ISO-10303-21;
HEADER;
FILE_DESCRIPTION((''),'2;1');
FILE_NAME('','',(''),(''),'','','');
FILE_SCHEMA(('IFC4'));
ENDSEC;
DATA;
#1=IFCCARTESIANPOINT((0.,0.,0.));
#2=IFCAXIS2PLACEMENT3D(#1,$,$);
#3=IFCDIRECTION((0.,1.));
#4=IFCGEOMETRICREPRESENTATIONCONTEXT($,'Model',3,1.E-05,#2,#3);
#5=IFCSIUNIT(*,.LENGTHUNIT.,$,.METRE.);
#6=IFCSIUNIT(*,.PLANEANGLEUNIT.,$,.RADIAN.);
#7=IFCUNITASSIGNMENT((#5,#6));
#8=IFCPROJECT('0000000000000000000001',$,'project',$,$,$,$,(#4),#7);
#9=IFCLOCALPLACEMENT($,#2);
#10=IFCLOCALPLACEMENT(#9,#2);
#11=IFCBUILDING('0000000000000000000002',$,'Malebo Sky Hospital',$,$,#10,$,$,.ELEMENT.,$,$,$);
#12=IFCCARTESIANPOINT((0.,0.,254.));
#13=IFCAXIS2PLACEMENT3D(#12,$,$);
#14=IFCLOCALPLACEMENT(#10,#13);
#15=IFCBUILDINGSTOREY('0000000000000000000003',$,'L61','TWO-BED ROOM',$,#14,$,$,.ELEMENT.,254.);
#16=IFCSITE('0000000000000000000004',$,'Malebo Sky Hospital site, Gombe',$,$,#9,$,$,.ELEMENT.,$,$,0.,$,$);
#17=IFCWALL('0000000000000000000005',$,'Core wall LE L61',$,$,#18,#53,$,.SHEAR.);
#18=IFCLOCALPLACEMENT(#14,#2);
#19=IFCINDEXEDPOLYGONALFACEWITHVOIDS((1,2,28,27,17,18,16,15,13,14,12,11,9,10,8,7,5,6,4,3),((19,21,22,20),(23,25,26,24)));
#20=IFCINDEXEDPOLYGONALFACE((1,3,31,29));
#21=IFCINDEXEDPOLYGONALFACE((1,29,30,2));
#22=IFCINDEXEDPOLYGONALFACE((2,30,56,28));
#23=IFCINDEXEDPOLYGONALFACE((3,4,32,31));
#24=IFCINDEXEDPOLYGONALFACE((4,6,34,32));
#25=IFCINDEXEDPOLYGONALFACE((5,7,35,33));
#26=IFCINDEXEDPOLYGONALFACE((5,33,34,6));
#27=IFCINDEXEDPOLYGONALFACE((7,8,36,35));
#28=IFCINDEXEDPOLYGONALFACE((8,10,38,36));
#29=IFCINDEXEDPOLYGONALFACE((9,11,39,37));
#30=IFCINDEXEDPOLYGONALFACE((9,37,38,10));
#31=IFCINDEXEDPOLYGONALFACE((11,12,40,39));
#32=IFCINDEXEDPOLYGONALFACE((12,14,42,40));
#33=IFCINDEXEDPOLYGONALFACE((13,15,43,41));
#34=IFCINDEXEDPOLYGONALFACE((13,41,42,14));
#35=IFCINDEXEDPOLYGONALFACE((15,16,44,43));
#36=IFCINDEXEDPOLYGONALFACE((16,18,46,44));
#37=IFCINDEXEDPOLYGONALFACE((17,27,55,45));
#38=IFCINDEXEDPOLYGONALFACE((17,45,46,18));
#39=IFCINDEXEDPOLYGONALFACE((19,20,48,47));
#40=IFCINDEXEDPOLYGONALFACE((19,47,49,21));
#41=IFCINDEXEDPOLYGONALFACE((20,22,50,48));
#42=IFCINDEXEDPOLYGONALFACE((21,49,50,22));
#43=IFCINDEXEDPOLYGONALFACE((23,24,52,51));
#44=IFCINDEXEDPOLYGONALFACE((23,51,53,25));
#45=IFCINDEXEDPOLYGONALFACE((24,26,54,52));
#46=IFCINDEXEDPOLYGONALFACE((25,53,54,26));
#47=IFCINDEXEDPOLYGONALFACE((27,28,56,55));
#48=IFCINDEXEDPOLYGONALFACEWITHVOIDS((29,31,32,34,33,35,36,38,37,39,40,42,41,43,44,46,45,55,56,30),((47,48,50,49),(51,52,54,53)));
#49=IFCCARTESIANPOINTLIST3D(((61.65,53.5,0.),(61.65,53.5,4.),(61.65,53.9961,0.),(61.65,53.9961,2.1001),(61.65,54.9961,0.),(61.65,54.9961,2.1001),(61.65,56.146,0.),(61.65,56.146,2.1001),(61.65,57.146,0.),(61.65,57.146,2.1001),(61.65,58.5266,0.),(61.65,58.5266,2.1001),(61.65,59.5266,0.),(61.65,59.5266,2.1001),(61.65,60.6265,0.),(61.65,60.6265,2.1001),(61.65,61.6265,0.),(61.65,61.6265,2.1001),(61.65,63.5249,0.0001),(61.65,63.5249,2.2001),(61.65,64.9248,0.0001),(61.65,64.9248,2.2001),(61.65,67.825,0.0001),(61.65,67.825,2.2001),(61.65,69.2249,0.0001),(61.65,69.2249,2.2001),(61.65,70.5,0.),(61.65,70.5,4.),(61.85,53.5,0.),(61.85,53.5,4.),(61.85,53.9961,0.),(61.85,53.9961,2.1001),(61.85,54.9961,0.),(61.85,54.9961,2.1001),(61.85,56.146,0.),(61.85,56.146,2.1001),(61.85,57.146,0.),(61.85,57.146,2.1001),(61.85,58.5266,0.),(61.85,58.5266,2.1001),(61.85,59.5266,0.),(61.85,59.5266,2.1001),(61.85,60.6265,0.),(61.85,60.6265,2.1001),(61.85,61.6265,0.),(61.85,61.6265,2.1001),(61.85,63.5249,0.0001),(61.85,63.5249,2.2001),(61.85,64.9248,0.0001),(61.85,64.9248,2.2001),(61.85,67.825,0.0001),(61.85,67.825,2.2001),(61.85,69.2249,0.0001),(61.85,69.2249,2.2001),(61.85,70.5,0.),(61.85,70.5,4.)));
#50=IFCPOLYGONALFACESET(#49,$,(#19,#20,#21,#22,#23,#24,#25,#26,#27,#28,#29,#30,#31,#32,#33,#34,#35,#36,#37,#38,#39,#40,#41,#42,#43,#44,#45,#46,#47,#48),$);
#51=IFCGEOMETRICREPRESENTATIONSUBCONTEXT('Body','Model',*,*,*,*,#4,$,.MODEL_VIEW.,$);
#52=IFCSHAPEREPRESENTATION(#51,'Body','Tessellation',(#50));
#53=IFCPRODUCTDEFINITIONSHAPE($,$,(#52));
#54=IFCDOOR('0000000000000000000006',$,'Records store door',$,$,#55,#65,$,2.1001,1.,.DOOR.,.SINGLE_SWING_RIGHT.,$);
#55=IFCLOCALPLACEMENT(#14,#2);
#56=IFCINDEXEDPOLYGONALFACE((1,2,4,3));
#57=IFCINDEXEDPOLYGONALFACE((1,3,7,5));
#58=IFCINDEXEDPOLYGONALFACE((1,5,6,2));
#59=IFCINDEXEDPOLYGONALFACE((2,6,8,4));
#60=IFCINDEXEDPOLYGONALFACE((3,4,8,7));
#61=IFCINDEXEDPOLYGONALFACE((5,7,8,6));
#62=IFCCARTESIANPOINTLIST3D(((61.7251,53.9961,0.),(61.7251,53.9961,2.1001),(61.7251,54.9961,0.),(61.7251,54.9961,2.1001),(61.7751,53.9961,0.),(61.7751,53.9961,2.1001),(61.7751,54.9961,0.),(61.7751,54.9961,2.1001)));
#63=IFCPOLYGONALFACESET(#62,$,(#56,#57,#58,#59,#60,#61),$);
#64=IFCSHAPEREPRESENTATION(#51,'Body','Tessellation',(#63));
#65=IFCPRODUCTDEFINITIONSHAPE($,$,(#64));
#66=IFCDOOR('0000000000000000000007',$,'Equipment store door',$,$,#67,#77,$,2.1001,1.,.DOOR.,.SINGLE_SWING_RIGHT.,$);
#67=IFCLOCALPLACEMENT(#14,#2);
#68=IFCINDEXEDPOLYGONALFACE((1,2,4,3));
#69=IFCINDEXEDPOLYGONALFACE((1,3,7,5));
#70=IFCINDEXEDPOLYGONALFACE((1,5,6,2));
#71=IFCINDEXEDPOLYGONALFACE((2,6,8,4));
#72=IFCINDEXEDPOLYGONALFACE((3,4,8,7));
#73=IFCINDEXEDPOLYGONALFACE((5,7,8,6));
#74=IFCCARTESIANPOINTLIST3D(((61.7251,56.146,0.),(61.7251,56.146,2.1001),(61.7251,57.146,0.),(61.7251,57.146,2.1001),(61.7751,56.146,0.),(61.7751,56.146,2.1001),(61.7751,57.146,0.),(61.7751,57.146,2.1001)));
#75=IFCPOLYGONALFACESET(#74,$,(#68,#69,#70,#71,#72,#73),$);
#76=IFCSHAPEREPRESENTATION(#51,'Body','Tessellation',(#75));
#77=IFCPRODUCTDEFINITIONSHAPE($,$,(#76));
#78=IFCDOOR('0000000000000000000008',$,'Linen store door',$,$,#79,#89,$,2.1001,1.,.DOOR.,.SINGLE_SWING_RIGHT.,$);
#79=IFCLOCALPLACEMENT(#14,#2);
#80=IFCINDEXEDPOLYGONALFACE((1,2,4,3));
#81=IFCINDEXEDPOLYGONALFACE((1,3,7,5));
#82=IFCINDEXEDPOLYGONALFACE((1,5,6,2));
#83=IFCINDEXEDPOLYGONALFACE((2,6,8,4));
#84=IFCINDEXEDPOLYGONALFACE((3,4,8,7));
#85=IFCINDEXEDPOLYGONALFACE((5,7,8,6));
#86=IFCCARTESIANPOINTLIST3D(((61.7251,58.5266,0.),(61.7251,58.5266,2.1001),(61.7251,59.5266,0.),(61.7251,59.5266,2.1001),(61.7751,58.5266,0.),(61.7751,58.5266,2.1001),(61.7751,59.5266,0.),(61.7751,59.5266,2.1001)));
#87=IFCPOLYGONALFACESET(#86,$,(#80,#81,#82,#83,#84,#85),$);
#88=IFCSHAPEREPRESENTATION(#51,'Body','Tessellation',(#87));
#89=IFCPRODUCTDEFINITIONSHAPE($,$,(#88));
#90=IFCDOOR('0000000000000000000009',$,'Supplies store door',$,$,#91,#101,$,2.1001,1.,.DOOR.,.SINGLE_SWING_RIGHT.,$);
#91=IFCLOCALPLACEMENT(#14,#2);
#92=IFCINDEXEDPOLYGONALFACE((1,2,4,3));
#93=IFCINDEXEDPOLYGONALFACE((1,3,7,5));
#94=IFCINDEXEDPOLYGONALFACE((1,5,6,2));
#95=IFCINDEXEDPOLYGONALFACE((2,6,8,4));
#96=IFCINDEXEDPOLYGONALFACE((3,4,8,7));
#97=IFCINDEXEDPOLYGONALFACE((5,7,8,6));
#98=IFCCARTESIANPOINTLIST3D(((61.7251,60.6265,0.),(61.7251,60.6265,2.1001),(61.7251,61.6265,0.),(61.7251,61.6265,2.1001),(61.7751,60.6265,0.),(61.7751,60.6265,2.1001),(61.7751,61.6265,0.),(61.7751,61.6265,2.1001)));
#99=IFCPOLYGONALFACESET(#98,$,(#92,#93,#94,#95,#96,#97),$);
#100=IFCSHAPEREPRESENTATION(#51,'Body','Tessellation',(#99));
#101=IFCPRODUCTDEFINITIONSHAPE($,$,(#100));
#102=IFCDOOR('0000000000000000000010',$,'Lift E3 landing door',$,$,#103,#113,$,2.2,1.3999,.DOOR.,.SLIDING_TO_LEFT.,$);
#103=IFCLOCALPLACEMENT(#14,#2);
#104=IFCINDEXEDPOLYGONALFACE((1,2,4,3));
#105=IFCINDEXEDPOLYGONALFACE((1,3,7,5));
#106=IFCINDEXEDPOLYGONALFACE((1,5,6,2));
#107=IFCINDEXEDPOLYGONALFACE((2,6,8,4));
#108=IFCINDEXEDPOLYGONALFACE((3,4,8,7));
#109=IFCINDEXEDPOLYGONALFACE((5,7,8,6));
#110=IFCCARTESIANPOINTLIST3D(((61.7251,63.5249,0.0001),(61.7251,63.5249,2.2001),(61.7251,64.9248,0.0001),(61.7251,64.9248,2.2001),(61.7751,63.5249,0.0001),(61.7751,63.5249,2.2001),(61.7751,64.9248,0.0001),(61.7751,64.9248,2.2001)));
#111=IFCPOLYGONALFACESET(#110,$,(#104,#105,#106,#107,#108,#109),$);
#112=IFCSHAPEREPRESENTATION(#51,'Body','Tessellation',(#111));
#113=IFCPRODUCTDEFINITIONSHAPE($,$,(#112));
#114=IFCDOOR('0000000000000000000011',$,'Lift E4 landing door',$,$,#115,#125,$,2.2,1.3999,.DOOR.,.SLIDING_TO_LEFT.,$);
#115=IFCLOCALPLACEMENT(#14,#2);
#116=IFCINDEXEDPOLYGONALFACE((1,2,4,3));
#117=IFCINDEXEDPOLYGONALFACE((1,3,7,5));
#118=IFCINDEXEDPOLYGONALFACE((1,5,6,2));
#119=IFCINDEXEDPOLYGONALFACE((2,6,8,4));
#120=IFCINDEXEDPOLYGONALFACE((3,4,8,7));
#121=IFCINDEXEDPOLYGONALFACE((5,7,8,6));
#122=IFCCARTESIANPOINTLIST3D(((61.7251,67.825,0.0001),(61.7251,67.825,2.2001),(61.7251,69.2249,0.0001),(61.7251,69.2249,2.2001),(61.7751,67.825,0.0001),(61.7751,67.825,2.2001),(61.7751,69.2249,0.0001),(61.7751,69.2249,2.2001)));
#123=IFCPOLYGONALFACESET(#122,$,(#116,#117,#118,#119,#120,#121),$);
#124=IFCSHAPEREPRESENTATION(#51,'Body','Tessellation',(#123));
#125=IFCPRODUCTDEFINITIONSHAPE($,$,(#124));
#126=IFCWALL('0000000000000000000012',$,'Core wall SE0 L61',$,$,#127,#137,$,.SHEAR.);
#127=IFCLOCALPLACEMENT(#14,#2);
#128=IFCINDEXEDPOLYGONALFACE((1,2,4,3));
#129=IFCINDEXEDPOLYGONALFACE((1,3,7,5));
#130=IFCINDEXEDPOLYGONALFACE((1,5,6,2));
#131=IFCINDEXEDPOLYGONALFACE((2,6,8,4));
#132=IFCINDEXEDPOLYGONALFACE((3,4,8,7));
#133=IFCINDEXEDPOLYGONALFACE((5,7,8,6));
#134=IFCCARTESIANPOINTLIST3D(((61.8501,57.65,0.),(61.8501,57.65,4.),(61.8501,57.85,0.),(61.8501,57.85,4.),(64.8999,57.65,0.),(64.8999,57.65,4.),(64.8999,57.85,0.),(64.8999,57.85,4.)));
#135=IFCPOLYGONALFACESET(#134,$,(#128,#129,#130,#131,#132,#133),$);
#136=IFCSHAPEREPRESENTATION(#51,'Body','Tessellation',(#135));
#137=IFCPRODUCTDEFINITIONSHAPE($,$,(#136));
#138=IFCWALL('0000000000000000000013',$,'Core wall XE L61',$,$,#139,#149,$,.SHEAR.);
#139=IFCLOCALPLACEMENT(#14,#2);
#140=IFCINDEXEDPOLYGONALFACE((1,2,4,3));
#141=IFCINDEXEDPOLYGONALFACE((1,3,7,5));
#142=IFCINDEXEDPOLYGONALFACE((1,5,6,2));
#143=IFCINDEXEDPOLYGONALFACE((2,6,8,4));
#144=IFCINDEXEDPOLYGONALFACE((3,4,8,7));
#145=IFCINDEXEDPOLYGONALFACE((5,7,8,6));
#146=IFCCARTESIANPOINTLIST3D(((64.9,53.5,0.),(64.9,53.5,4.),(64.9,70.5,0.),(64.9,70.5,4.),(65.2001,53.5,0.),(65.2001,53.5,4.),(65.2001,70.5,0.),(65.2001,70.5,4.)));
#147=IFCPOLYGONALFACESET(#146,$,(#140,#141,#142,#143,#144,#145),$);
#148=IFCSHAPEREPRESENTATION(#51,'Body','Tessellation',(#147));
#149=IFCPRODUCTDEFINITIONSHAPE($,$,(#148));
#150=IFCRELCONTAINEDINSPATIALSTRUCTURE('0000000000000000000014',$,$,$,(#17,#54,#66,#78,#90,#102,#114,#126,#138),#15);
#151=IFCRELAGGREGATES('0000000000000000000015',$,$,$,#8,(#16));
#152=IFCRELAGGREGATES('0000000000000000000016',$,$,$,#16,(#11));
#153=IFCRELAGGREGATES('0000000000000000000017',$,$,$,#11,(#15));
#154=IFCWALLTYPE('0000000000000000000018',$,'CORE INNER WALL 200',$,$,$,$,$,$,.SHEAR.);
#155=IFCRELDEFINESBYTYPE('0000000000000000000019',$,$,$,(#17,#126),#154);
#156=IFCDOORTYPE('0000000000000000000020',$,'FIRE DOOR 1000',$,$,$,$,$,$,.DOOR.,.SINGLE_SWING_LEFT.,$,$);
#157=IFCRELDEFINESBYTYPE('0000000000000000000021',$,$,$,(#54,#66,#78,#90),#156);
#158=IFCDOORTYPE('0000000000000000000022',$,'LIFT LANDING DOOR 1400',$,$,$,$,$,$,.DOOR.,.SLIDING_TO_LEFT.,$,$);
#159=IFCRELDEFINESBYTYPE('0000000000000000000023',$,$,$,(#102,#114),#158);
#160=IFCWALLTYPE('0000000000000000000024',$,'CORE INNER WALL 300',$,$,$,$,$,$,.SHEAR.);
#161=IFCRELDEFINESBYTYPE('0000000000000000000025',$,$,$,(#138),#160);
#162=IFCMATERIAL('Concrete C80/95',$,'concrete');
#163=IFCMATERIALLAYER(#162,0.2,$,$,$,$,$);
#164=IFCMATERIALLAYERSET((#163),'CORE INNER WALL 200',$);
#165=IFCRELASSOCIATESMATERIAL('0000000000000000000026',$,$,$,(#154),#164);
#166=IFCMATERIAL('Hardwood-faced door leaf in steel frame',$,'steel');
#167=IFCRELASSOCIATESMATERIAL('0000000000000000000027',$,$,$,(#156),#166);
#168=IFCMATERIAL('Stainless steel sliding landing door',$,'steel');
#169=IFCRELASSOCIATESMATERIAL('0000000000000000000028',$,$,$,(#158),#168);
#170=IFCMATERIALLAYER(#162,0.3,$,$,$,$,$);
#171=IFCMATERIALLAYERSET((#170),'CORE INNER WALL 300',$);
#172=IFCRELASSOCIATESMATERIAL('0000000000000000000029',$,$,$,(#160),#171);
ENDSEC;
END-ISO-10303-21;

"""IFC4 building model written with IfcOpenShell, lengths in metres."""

from ifc_helpers import new_model, si_unit, direction, frame, frame_2d, origin, place, context, subcontext, project, spatial, rectangle, extrude, material, layer, layer_set, type_object, element, fill, save


model = new_model("IFC4")

# Units and contexts
model_context = context("Model", 3, precision=1e-05, world=origin(), true_north=direction((0.0, 1.0)))
body_context = subcontext(model_context, "Body", "Model", "MODEL_VIEW")
ifc_project = project(units=[si_unit("LENGTHUNIT", "METRE"), si_unit("PLANEANGLEUNIT", "RADIAN")], contexts=[model_context])

# Site, building, storey
site_placement = place(None, origin())
site = spatial("IfcSite", under=ifc_project, at=site_placement, Name="Malebo Sky Hospital site, Gombe", CompositionType="ELEMENT", RefElevation=0.0)
building_placement = place(site_placement, origin())
building = spatial("IfcBuilding", under=site, at=building_placement, Name="Malebo Sky Hospital", CompositionType="ELEMENT")
storey_placement = place(building_placement, frame((0.0, 0.0, 254.0)))
storey = spatial("IfcBuildingStorey", under=building, at=storey_placement, Name="L61", Description="TWO-BED ROOM", CompositionType="ELEMENT", Elevation=254.0)

# Wall, openings, doors
ifc_material_1 = material(Name="Concrete C80/95", Category="concrete")
ifc_layer_1 = layer(ifc_material_1, 0.2)
ifc_layer_set_1 = layer_set([ifc_layer_1], Name="CORE INNER WALL 200")
wall_type_1 = type_object("IfcWallType", Name="CORE INNER WALL 200", PredefinedType="SHEAR", material=ifc_layer_set_1)
ifc_material_2 = material(Name="Hardwood-faced door leaf in steel frame", Category="steel")
door_type_1 = type_object("IfcDoorType", Name="FIRE DOOR 1000", OperationType="SINGLE_SWING_LEFT", PredefinedType="DOOR", material=ifc_material_2)
ifc_material_3 = material(Name="Stainless steel sliding landing door", Category="steel")
door_type_2 = type_object("IfcDoorType", Name="LIFT LANDING DOOR 1400", OperationType="SLIDING_TO_LEFT", PredefinedType="DOOR", material=ifc_material_3)
wall_1_placement = place(storey_placement, frame((61.75, 53.5, 0.0), z_axis=(0.0, 0.0, 1.0), x_axis=(0.0, 1.0, 0.0)))
wall_1 = element("IfcWall", 1, at=wall_1_placement, inside=storey, type_object=wall_type_1, Name="Core wall LE L61", PredefinedType="SHEAR", context=body_context, shape_type="SweptSolid", body=[
    extrude(rectangle(XDim=17.0, YDim=0.2, at=frame_2d((8.5, 0.0))), origin(), (0.0, 0.0, 1.0), 4.0),
])
opening_1_placement = place(wall_1_placement, frame((0.4961, 0.0, 0.0)))
opening_1 = element("IfcOpeningElement", 2, at=opening_1_placement, cuts=wall_1, PredefinedType="OPENING", context=body_context, shape_type="SweptSolid", body=[
    extrude(rectangle(XDim=1.0, YDim=2.1001, at=frame_2d((0.5, 1.05))), frame((0.0, 0.1099, 0.0), z_axis=(0.0, -1.0, 0.0), x_axis=(1.0, 0.0, 0.0)), (0.0, 0.0, 1.0), 0.22),
])
opening_2_placement = place(wall_1_placement, frame((2.646, 0.0, 0.0)))
opening_2 = element("IfcOpeningElement", 3, at=opening_2_placement, cuts=wall_1, PredefinedType="OPENING", context=body_context, shape_type="SweptSolid", body=[
    extrude(rectangle(XDim=1.0, YDim=2.1001, at=frame_2d((0.5, 1.05))), frame((0.0, 0.1099, 0.0), z_axis=(0.0, -1.0, 0.0), x_axis=(1.0, 0.0, 0.0)), (0.0, 0.0, 1.0), 0.22),
])
opening_3_placement = place(wall_1_placement, frame((5.0266, 0.0, 0.0)))
opening_3 = element("IfcOpeningElement", 4, at=opening_3_placement, cuts=wall_1, PredefinedType="OPENING", context=body_context, shape_type="SweptSolid", body=[
    extrude(rectangle(XDim=1.0, YDim=2.1001, at=frame_2d((0.5, 1.05))), frame((0.0, 0.1099, 0.0), z_axis=(0.0, -1.0, 0.0), x_axis=(1.0, 0.0, 0.0)), (0.0, 0.0, 1.0), 0.22),
])
opening_4_placement = place(wall_1_placement, frame((7.1265, 0.0, 0.0)))
opening_4 = element("IfcOpeningElement", 5, at=opening_4_placement, cuts=wall_1, PredefinedType="OPENING", context=body_context, shape_type="SweptSolid", body=[
    extrude(rectangle(XDim=1.0, YDim=2.1001, at=frame_2d((0.5, 1.05))), frame((0.0, 0.1099, 0.0), z_axis=(0.0, -1.0, 0.0), x_axis=(1.0, 0.0, 0.0)), (0.0, 0.0, 1.0), 0.22),
])
opening_5_placement = place(wall_1_placement, frame((10.0249, 0.0, 0.0)))
opening_5 = element("IfcOpeningElement", 6, at=opening_5_placement, cuts=wall_1, PredefinedType="OPENING", context=body_context, shape_type="SweptSolid", body=[
    extrude(rectangle(XDim=1.3999, YDim=2.2, at=frame_2d((0.7, 1.1001))), frame((0.0, 0.1099, 0.0), z_axis=(0.0, -1.0, 0.0), x_axis=(1.0, 0.0, 0.0)), (0.0, 0.0, 1.0), 0.22),
])
opening_6_placement = place(wall_1_placement, frame((14.325, 0.0, 0.0)))
opening_6 = element("IfcOpeningElement", 7, at=opening_6_placement, cuts=wall_1, PredefinedType="OPENING", context=body_context, shape_type="SweptSolid", body=[
    extrude(rectangle(XDim=1.3999, YDim=2.2, at=frame_2d((0.7, 1.1001))), frame((0.0, 0.1099, 0.0), z_axis=(0.0, -1.0, 0.0), x_axis=(1.0, 0.0, 0.0)), (0.0, 0.0, 1.0), 0.22),
])
door_1_placement = place(opening_1_placement, origin())
door_1 = element("IfcDoor", 8, at=door_1_placement, inside=storey, type_object=door_type_1, Name="Records store door", OperationType="SINGLE_SWING_RIGHT", OverallHeight=2.1001, OverallWidth=1.0, PredefinedType="DOOR", context=body_context, shape_type="SweptSolid", body=[
    extrude(rectangle(XDim=1.0, YDim=2.1001, at=frame_2d((0.5, 1.05))), frame((0.0, 0.0249, 0.0), z_axis=(0.0, -1.0, 0.0), x_axis=(1.0, 0.0, 0.0)), (0.0, 0.0, 1.0), 0.05),
])
fill(opening_1, door_1)
door_2_placement = place(opening_2_placement, origin())
door_2 = element("IfcDoor", 9, at=door_2_placement, inside=storey, type_object=door_type_1, Name="Equipment store door", OperationType="SINGLE_SWING_RIGHT", OverallHeight=2.1001, OverallWidth=1.0, PredefinedType="DOOR", context=body_context, shape_type="SweptSolid", body=[
    extrude(rectangle(XDim=1.0, YDim=2.1001, at=frame_2d((0.5, 1.05))), frame((0.0, 0.0249, 0.0), z_axis=(0.0, -1.0, 0.0), x_axis=(1.0, 0.0, 0.0)), (0.0, 0.0, 1.0), 0.05),
])
fill(opening_2, door_2)
door_3_placement = place(opening_3_placement, origin())
door_3 = element("IfcDoor", 10, at=door_3_placement, inside=storey, type_object=door_type_1, Name="Linen store door", OperationType="SINGLE_SWING_RIGHT", OverallHeight=2.1001, OverallWidth=1.0, PredefinedType="DOOR", context=body_context, shape_type="SweptSolid", body=[
    extrude(rectangle(XDim=1.0, YDim=2.1001, at=frame_2d((0.5, 1.05))), frame((0.0, 0.0249, 0.0), z_axis=(0.0, -1.0, 0.0), x_axis=(1.0, 0.0, 0.0)), (0.0, 0.0, 1.0), 0.05),
])
fill(opening_3, door_3)
door_4_placement = place(opening_4_placement, origin())
door_4 = element("IfcDoor", 11, at=door_4_placement, inside=storey, type_object=door_type_1, Name="Supplies store door", OperationType="SINGLE_SWING_RIGHT", OverallHeight=2.1001, OverallWidth=1.0, PredefinedType="DOOR", context=body_context, shape_type="SweptSolid", body=[
    extrude(rectangle(XDim=1.0, YDim=2.1001, at=frame_2d((0.5, 1.05))), frame((0.0, 0.0249, 0.0), z_axis=(0.0, -1.0, 0.0), x_axis=(1.0, 0.0, 0.0)), (0.0, 0.0, 1.0), 0.05),
])
fill(opening_4, door_4)
door_5_placement = place(opening_5_placement, origin())
door_5 = element("IfcDoor", 12, at=door_5_placement, inside=storey, type_object=door_type_2, Name="Lift E3 landing door", OperationType="SLIDING_TO_LEFT", OverallHeight=2.2, OverallWidth=1.3999, PredefinedType="DOOR", context=body_context, shape_type="SweptSolid", body=[
    extrude(rectangle(XDim=1.3999, YDim=2.2, at=frame_2d((0.7, 1.1001))), frame((0.0, 0.0249, 0.0), z_axis=(0.0, -1.0, 0.0), x_axis=(1.0, 0.0, 0.0)), (0.0, 0.0, 1.0), 0.05),
])
fill(opening_5, door_5)
door_6_placement = place(opening_6_placement, origin())
door_6 = element("IfcDoor", 13, at=door_6_placement, inside=storey, type_object=door_type_2, Name="Lift E4 landing door", OperationType="SLIDING_TO_LEFT", OverallHeight=2.2, OverallWidth=1.3999, PredefinedType="DOOR", context=body_context, shape_type="SweptSolid", body=[
    extrude(rectangle(XDim=1.3999, YDim=2.2, at=frame_2d((0.7, 1.1001))), frame((0.0, 0.0249, 0.0), z_axis=(0.0, -1.0, 0.0), x_axis=(1.0, 0.0, 0.0)), (0.0, 0.0, 1.0), 0.05),
])
fill(opening_6, door_6)

# Walls
wall_2_placement = place(storey_placement, frame((61.8501, 57.75, 0.0), z_axis=(0.0, 0.0, 1.0), x_axis=(1.0, 0.0, 0.0)))
element("IfcWall", 14, at=wall_2_placement, inside=storey, type_object=wall_type_1, Name="Core wall SE0 L61", PredefinedType="SHEAR", context=body_context, shape_type="SweptSolid", body=[
    extrude(rectangle(XDim=3.0498, YDim=0.2, at=frame_2d((1.5249, 0.0))), origin(), (0.0, 0.0, 1.0), 4.0),
])
ifc_layer_2 = layer(ifc_material_1, 0.3)
ifc_layer_set_2 = layer_set([ifc_layer_2], Name="CORE INNER WALL 300")
wall_type_2 = type_object("IfcWallType", Name="CORE INNER WALL 300", PredefinedType="SHEAR", material=ifc_layer_set_2)
wall_3_placement = place(storey_placement, frame((65.05, 53.5, 0.0), z_axis=(0.0, 0.0, 1.0), x_axis=(0.0, 1.0, 0.0)))
element("IfcWall", 15, at=wall_3_placement, inside=storey, type_object=wall_type_2, Name="Core wall XE L61", PredefinedType="SHEAR", context=body_context, shape_type="SweptSolid", body=[
    extrude(rectangle(XDim=17.0, YDim=0.3, at=frame_2d((8.5, 0.0))), origin(), (0.0, 0.0, 1.0), 4.0),
])

save(model, "model.ifc")
